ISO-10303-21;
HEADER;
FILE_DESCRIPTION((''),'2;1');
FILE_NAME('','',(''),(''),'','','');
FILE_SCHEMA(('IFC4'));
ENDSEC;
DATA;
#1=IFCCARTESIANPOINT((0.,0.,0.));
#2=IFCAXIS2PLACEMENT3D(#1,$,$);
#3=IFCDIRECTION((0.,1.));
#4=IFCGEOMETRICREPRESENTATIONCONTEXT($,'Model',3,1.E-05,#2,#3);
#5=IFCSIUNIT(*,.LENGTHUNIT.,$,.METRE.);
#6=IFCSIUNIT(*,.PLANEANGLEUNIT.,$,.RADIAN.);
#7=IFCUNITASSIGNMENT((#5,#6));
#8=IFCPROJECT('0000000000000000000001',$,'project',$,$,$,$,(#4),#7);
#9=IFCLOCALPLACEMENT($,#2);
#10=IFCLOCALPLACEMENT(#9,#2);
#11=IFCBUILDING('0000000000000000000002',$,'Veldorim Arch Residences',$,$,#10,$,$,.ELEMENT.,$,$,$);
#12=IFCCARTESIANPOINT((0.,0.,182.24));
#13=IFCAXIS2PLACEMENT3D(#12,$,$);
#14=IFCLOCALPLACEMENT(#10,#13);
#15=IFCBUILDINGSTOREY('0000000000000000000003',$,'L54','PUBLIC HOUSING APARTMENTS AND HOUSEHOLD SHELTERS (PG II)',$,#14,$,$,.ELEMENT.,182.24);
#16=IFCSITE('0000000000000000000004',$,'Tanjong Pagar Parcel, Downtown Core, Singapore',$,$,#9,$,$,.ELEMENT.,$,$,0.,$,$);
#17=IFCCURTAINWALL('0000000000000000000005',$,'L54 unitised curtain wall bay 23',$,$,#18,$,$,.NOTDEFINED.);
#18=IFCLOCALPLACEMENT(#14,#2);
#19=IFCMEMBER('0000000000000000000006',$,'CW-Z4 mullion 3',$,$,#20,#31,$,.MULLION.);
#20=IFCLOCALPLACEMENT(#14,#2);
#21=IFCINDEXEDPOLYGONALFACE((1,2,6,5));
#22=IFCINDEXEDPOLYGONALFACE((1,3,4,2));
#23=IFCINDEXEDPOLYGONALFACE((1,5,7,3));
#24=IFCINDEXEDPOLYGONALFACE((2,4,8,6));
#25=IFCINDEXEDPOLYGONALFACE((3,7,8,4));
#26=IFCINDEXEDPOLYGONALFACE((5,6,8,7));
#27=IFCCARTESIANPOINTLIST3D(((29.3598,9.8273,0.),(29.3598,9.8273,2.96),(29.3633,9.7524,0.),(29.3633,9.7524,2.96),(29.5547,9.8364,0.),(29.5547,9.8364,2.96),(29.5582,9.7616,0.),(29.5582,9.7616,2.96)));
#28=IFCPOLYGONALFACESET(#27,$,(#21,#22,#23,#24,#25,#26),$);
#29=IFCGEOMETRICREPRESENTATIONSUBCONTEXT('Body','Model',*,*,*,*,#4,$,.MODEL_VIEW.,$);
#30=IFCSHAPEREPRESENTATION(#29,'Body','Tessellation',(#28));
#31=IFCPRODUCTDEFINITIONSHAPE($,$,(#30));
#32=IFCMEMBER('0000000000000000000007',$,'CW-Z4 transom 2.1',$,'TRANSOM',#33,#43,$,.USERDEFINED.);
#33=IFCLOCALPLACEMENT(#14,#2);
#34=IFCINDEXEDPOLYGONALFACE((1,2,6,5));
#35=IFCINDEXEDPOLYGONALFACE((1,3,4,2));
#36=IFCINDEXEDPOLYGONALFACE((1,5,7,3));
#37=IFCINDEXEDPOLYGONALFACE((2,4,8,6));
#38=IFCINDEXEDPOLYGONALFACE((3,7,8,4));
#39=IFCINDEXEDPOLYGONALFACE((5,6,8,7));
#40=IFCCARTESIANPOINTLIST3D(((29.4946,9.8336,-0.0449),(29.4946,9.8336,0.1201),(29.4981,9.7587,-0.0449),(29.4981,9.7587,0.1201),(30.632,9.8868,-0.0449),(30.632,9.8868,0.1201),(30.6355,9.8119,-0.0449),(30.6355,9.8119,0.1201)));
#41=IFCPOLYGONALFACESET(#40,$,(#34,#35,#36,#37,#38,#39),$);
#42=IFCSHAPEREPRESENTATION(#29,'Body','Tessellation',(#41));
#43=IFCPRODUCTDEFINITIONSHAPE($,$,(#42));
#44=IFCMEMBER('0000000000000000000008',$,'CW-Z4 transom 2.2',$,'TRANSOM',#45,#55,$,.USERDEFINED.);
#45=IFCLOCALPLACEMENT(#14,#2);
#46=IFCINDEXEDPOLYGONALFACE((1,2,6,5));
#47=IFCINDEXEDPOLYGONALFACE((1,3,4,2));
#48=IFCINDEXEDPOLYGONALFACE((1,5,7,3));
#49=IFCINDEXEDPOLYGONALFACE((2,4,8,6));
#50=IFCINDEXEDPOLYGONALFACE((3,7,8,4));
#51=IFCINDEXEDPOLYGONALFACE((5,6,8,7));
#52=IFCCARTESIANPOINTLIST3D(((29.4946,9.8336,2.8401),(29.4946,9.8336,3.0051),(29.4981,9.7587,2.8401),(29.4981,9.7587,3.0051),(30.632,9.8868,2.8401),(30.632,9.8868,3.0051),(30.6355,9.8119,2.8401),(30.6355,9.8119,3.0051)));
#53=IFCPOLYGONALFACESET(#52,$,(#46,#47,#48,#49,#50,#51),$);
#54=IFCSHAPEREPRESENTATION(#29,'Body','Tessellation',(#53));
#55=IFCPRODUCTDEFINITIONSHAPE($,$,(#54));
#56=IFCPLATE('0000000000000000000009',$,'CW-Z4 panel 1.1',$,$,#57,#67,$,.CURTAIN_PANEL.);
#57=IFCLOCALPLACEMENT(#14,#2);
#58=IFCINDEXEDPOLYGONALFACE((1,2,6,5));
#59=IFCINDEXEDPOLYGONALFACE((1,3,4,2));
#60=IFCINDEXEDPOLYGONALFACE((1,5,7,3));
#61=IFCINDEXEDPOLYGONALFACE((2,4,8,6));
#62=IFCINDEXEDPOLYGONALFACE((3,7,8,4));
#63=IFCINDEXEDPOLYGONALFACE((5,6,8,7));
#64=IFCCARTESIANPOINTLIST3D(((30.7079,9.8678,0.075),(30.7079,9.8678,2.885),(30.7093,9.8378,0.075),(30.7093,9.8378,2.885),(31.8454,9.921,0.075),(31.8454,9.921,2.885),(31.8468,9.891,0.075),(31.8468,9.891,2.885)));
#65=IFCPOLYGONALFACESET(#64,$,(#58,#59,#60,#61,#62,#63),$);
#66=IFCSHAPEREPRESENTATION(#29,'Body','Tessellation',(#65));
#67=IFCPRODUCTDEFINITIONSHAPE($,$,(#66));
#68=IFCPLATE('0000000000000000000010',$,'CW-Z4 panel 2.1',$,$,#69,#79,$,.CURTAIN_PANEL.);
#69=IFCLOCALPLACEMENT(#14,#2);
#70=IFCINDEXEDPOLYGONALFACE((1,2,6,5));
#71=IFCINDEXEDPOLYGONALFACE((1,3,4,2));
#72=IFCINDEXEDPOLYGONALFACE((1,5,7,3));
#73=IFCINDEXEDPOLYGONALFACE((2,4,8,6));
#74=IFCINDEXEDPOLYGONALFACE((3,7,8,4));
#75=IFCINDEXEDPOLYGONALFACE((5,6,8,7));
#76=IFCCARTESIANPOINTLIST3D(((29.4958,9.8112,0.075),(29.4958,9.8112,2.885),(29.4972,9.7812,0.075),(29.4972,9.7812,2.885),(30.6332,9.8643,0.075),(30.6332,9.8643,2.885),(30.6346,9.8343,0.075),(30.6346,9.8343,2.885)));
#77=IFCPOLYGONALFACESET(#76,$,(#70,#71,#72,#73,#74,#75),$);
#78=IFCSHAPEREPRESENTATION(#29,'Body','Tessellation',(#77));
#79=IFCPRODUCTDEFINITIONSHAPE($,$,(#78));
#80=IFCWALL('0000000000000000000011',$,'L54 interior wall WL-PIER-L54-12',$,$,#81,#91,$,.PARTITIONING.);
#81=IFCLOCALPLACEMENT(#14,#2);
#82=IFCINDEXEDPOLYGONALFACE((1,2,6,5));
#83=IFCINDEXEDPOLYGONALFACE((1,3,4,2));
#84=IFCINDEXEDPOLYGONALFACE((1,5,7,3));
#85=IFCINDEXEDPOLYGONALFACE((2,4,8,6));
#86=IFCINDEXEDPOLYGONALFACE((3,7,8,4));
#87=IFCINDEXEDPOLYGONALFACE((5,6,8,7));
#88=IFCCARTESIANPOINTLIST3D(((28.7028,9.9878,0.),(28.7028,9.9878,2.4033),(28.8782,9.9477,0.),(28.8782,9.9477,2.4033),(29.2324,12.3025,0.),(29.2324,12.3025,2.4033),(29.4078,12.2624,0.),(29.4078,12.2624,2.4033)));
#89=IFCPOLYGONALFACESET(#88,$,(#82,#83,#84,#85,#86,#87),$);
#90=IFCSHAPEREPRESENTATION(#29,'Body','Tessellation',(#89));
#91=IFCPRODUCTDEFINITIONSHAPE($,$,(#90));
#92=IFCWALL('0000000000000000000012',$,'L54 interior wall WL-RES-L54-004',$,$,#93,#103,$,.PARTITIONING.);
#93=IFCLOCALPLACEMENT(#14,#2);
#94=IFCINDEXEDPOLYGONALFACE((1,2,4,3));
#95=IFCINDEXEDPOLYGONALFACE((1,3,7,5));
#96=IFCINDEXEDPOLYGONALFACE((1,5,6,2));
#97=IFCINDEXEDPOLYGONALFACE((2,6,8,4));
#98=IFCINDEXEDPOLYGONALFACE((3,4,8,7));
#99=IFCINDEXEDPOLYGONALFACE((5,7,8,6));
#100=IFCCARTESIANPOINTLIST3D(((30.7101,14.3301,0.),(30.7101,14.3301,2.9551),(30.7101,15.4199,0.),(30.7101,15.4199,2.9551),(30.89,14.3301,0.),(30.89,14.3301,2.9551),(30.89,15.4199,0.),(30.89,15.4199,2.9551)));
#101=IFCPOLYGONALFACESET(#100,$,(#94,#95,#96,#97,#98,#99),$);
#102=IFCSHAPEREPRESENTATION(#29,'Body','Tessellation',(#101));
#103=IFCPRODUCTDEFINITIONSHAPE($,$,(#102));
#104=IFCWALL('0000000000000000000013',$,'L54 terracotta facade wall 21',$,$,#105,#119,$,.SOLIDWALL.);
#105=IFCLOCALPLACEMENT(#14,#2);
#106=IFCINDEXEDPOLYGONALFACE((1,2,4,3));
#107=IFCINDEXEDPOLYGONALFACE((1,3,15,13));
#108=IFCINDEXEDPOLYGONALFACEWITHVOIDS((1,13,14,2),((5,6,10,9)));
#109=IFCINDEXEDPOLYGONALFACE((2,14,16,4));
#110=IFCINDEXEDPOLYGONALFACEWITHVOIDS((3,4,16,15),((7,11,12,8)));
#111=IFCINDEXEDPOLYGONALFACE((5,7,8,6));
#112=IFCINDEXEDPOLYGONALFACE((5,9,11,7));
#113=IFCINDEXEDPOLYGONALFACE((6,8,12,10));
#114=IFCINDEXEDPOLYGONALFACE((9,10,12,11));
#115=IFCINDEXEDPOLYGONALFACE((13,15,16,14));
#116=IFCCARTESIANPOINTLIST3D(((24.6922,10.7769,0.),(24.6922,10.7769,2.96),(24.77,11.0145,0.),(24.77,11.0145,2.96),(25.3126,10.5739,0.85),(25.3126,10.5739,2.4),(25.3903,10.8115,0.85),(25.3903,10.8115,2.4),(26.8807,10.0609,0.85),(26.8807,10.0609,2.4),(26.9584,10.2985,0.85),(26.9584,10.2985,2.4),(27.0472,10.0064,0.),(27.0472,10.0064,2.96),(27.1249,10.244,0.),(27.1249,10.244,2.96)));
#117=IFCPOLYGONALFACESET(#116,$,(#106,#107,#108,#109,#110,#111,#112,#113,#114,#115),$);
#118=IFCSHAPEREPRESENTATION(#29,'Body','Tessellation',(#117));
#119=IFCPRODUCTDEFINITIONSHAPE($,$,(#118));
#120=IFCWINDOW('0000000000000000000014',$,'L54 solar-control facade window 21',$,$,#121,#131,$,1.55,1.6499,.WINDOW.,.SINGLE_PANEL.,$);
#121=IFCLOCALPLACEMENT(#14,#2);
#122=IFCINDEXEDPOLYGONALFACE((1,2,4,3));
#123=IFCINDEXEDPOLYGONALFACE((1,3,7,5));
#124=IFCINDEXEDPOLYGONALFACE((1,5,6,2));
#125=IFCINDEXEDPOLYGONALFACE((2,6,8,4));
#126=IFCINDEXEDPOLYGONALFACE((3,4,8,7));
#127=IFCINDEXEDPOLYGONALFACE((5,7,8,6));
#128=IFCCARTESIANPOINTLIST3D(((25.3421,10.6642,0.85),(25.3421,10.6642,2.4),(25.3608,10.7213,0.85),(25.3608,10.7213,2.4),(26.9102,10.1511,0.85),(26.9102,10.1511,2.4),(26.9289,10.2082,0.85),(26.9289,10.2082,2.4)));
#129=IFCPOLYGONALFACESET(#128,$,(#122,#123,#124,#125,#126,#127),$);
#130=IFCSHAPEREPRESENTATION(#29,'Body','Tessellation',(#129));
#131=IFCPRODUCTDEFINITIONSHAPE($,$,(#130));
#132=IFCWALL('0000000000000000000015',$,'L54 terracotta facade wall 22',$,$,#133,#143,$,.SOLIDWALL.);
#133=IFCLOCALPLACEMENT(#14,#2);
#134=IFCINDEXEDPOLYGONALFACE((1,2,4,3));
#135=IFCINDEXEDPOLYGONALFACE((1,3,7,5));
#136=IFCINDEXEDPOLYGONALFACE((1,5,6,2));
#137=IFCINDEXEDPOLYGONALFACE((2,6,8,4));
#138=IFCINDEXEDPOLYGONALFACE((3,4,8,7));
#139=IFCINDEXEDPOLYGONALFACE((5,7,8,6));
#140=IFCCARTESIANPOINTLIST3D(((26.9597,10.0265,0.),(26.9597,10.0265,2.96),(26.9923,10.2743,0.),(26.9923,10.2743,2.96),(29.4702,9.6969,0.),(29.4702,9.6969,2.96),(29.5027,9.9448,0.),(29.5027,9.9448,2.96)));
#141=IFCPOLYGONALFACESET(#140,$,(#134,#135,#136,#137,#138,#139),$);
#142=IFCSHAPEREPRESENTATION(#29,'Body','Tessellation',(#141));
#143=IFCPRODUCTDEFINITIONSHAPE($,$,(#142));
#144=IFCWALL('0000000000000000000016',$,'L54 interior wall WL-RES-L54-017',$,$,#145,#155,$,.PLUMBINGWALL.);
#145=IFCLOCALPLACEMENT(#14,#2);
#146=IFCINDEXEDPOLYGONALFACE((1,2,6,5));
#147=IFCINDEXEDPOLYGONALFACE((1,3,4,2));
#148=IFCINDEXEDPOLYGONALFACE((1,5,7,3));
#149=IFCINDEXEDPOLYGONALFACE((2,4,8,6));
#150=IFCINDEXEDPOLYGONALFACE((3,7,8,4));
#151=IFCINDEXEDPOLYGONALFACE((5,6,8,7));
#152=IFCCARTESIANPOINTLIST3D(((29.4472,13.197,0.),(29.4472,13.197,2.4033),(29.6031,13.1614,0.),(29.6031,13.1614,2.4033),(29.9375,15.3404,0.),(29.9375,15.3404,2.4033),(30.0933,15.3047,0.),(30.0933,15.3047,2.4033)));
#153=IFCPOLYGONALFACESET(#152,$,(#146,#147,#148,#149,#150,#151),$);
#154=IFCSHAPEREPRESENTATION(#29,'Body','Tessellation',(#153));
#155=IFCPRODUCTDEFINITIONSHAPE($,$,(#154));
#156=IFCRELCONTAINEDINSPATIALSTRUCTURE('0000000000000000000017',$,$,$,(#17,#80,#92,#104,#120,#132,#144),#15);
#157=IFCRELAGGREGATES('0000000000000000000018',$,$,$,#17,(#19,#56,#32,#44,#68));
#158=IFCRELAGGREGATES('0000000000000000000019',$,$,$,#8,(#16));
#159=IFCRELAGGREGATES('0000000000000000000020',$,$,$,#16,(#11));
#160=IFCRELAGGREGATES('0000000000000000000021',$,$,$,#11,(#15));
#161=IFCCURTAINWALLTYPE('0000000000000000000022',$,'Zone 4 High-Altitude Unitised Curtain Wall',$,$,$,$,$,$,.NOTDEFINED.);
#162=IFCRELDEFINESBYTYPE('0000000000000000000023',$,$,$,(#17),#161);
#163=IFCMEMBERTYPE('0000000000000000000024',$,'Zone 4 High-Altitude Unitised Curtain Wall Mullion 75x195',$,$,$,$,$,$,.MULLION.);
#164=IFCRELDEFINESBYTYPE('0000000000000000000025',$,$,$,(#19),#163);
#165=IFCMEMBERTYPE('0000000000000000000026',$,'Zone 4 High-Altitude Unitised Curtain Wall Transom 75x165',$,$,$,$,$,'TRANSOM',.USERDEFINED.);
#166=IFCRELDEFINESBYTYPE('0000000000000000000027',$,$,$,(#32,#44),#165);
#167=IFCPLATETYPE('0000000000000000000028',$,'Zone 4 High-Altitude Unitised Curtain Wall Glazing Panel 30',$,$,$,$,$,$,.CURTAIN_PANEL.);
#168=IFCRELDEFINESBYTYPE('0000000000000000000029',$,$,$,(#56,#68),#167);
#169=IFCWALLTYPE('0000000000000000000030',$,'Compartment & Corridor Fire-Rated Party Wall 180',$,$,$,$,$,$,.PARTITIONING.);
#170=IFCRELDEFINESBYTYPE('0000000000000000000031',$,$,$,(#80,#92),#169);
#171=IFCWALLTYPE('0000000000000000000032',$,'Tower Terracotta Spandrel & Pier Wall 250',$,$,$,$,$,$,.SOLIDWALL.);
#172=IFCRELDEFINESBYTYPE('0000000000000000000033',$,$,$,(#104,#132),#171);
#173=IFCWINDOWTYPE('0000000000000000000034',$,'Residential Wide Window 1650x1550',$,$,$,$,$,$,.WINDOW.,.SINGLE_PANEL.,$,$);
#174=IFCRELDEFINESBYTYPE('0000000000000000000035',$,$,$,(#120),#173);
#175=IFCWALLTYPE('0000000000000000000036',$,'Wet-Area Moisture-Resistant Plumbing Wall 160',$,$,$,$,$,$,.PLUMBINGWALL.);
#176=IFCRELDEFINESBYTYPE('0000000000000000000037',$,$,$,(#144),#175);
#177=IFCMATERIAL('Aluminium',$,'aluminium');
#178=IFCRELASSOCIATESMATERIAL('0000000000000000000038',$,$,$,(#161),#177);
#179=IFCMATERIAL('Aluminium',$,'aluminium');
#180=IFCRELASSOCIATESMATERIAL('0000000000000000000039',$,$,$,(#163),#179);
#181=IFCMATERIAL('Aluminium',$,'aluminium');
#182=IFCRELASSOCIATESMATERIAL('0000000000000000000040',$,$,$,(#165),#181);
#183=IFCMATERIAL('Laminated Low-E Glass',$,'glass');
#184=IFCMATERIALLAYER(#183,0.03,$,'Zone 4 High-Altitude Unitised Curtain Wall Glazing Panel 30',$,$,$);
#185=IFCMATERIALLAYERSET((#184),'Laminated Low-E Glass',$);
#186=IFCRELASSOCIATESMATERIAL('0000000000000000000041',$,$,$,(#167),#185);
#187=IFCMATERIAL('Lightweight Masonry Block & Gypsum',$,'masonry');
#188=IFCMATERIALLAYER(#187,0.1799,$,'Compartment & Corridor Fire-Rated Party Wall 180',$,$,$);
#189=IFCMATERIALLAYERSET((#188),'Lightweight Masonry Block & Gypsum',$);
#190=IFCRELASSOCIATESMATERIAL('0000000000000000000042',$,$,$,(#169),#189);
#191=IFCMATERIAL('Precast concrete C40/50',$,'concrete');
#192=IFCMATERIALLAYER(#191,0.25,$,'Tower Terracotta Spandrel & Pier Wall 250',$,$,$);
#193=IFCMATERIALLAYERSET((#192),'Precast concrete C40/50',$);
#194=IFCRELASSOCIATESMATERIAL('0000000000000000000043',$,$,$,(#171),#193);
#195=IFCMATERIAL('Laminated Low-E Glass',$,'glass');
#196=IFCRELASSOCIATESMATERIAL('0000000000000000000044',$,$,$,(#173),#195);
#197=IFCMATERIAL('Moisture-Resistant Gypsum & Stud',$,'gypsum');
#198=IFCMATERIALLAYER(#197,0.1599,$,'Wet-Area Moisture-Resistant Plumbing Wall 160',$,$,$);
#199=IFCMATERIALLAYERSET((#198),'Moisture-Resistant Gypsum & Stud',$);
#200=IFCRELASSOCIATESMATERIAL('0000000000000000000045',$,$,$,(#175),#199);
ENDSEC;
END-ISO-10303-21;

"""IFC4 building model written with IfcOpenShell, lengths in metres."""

from ifc_helpers import new_model, si_unit, direction, frame, frame_2d, origin, origin_2d, place, context, subcontext, project, spatial, rectangle, extrude, material, layer, layer_set, material_profile, profile_set, type_object, element, fill, aggregate, save


model = new_model("IFC4")

# Units and contexts
model_context = context("Model", 3, precision=1e-05, world=origin(), true_north=direction((0.0, 1.0)))
body_context = subcontext(model_context, "Body", "Model", "MODEL_VIEW")
ifc_project = project(units=[si_unit("LENGTHUNIT", "METRE"), si_unit("PLANEANGLEUNIT", "RADIAN")], contexts=[model_context])

# Site, building, storey
site_placement = place(None, origin())
site = spatial("IfcSite", under=ifc_project, at=site_placement, Name="Tanjong Pagar Parcel, Downtown Core, Singapore", CompositionType="ELEMENT", RefElevation=0.0)
building_placement = place(site_placement, origin())
building = spatial("IfcBuilding", under=site, at=building_placement, Name="Veldorim Arch Residences", CompositionType="ELEMENT")
storey_placement = place(building_placement, frame((0.0, 0.0, 182.24)))
storey = spatial("IfcBuildingStorey", under=building, at=storey_placement, Name="L54", Description="PUBLIC HOUSING APARTMENTS AND HOUSEHOLD SHELTERS (PG II)", CompositionType="ELEMENT", Elevation=182.24)

# Shared definitions
ifc_material_1 = material(Name="Aluminium", Category="aluminium")
curtain_wall_type = type_object("IfcCurtainWallType", Name="Zone 4 High-Altitude Unitised Curtain Wall", PredefinedType="NOTDEFINED", material=ifc_material_1)
ifc_material_2 = material(Name="Aluminium", Category="aluminium")
ifc_material_profile_1 = material_profile(ifc_material_2, rectangle(XDim=0.075, YDim=0.1951, at=origin_2d()), Name="ALU_MUL_75x195")
ifc_profile_set_1 = profile_set([ifc_material_profile_1], Name="Aluminium")
member_type_1 = type_object("IfcMemberType", Name="Zone 4 High-Altitude Unitised Curtain Wall Mullion 75x195", PredefinedType="MULLION", material=ifc_profile_set_1)

# Curtain wall, members, plates
curtain_wall_1_placement = place(storey_placement, origin())
curtain_wall_1 = element("IfcCurtainWall", 1, at=curtain_wall_1_placement, inside=storey, type_object=curtain_wall_type, Name="L54 unitised curtain wall bay 23", PredefinedType="NOTDEFINED")
member_1_placement = place(storey_placement, frame((29.459, 9.7944, 0.0), z_axis=(0.0, 0.0, 1.0), x_axis=(0.046678, -0.99891, 0.0)))
member_1 = element("IfcMember", 2, at=member_1_placement, type_object=member_type_1, Name="CW-Z4 mullion 3", PredefinedType="MULLION", context=body_context, shape_type="SweptSolid", body=[
    extrude(rectangle(XDim=0.075, YDim=0.1951, at=origin_2d()), origin(), (0.0, 0.0, 1.0), 2.96),
])
ifc_material_3 = material(Name="Aluminium", Category="aluminium")
ifc_material_profile_2 = material_profile(ifc_material_3, rectangle(XDim=0.075, YDim=0.165, at=origin_2d()), Name="ALU_TRN_75x165")
ifc_profile_set_2 = profile_set([ifc_material_profile_2], Name="Aluminium")
member_type_2 = type_object("IfcMemberType", Name="Zone 4 High-Altitude Unitised Curtain Wall Transom 75x165", ElementType="TRANSOM", PredefinedType="USERDEFINED", material=ifc_profile_set_2)
member_2_placement = place(storey_placement, frame((30.6338, 9.8494, 0.0376), z_axis=(-0.998907, -0.04674, 0.0), x_axis=(0.04674, -0.998907, 0.0)))
member_2 = element("IfcMember", 3, at=member_2_placement, type_object=member_type_2, Name="CW-Z4 transom 2.1", ObjectType="TRANSOM", PredefinedType="USERDEFINED", context=body_context, shape_type="SweptSolid", body=[
    extrude(rectangle(XDim=0.075, YDim=0.165, at=origin_2d()), origin(), (0.0, 0.0, 1.0), 1.1387),
])
member_3_placement = place(storey_placement, frame((30.6338, 9.8494, 2.9226), z_axis=(-0.998907, -0.04674, 0.0), x_axis=(0.04674, -0.998907, 0.0)))
member_3 = element("IfcMember", 4, at=member_3_placement, type_object=member_type_2, Name="CW-Z4 transom 2.2", ObjectType="TRANSOM", PredefinedType="USERDEFINED", context=body_context, shape_type="SweptSolid", body=[
    extrude(rectangle(XDim=0.075, YDim=0.165, at=origin_2d()), origin(), (0.0, 0.0, 1.0), 1.1387),
])
ifc_material_4 = material(Name="Laminated Low-E Glass", Category="glass")
ifc_layer_1 = layer(ifc_material_4, 0.03, Name="Zone 4 High-Altitude Unitised Curtain Wall Glazing Panel 30")
ifc_layer_set_1 = layer_set([ifc_layer_1], Name="Laminated Low-E Glass")
plate_type = type_object("IfcPlateType", Name="Zone 4 High-Altitude Unitised Curtain Wall Glazing Panel 30", PredefinedType="CURTAIN_PANEL", material=ifc_layer_set_1)
plate_1_placement = place(storey_placement, frame((31.2773, 9.8794, 0.075), z_axis=(0.0, 0.0, 1.0), x_axis=(-0.99891, -0.046678, 0.0)))
plate_1 = element("IfcPlate", 5, at=plate_1_placement, type_object=plate_type, Name="CW-Z4 panel 1.1", PredefinedType="CURTAIN_PANEL", context=body_context, shape_type="SweptSolid", body=[
    extrude(rectangle(XDim=1.1387, YDim=0.03, at=origin_2d()), origin(), (0.0, 0.0, 1.0), 2.8101),
])
plate_2_placement = place(storey_placement, frame((30.0652, 9.8228, 0.075), z_axis=(0.0, 0.0, 1.0), x_axis=(-0.99891, -0.046678, 0.0)))
plate_2 = element("IfcPlate", 6, at=plate_2_placement, type_object=plate_type, Name="CW-Z4 panel 2.1", PredefinedType="CURTAIN_PANEL", context=body_context, shape_type="SweptSolid", body=[
    extrude(rectangle(XDim=1.1387, YDim=0.03, at=origin_2d()), origin(), (0.0, 0.0, 1.0), 2.8101),
])
aggregate(curtain_wall_1, [member_1, plate_1, member_2, member_3, plate_2])

# Walls
ifc_material_5 = material(Name="Lightweight Masonry Block & Gypsum", Category="masonry")
ifc_layer_2 = layer(ifc_material_5, 0.1799, Name="Compartment & Corridor Fire-Rated Party Wall 180")
ifc_layer_set_2 = layer_set([ifc_layer_2], Name="Lightweight Masonry Block & Gypsum")
wall_type_1 = type_object("IfcWallType", Name="Compartment & Corridor Fire-Rated Party Wall 180", PredefinedType="PARTITIONING", material=ifc_layer_set_2)
wall_1_placement = place(storey_placement, frame((29.3201, 12.2825, 0.0), z_axis=(0.0, 0.0, 1.0), x_axis=(-0.223012, -0.974816, 0.0)))
element("IfcWall", 7, at=wall_1_placement, inside=storey, type_object=wall_type_1, Name="L54 interior wall WL-PIER-L54-12", PredefinedType="PARTITIONING", context=body_context, shape_type="SweptSolid", body=[
    extrude(rectangle(XDim=2.3745, YDim=0.1799, at=frame_2d((1.1873, 0.0))), origin(), (0.0, 0.0, 1.0), 2.4033),
])
wall_2_placement = place(storey_placement, frame((30.8, 14.3301, 0.0), z_axis=(0.0, 0.0, 1.0), x_axis=(0.0, 1.0, 0.0)))
element("IfcWall", 8, at=wall_2_placement, inside=storey, type_object=wall_type_1, Name="L54 interior wall WL-RES-L54-004", PredefinedType="PARTITIONING", context=body_context, shape_type="SweptSolid", body=[
    extrude(rectangle(XDim=1.0898, YDim=0.1799, at=frame_2d((0.5449, 0.0))), origin(), (0.0, 0.0, 1.0), 2.9551),
])

# Wall, opening, window
ifc_material_6 = material(Name="Precast concrete C40/50", Category="concrete")
ifc_layer_3 = layer(ifc_material_6, 0.25, Name="Tower Terracotta Spandrel & Pier Wall 250")
ifc_layer_set_3 = layer_set([ifc_layer_3], Name="Precast concrete C40/50")
wall_type_2 = type_object("IfcWallType", Name="Tower Terracotta Spandrel & Pier Wall 250", PredefinedType="SOLIDWALL", material=ifc_layer_set_3)
wall_3_placement = place(storey_placement, frame((27.0859, 10.1252, 0.0), z_axis=(0.0, 0.0, 1.0), x_axis=(-0.950423, 0.310961, 0.0)))
wall_3 = element("IfcWall", 9, at=wall_3_placement, inside=storey, type_object=wall_type_2, Name="L54 terracotta facade wall 21", PredefinedType="SOLIDWALL", context=body_context, shape_type="SweptSolid", body=[
    extrude(rectangle(XDim=2.4778, YDim=0.25, at=frame_2d((1.2388, 0.0))), origin(), (0.0, 0.0, 1.0), 2.96),
])
opening_1_placement = place(wall_3_placement, frame((0.175, 0.0, 0.8501)))
opening_1 = element("IfcOpeningElement", 10, at=opening_1_placement, cuts=wall_3, PredefinedType="OPENING", context=body_context, shape_type="SweptSolid", body=[
    extrude(rectangle(XDim=1.6499, YDim=1.55, at=frame_2d((0.825, 0.7749))), frame((0.0, 0.135, 0.0), z_axis=(0.0, -1.0, 0.0), x_axis=(1.0, 0.0, 0.0)), (0.0, 0.0, 1.0), 0.27),
])
ifc_material_7 = material(Name="Laminated Low-E Glass", Category="glass")
window_type = type_object("IfcWindowType", Name="Residential Wide Window 1650x1550", PartitioningType="SINGLE_PANEL", PredefinedType="WINDOW", material=ifc_material_7)
window_placement = place(opening_1_placement, origin())
window = element("IfcWindow", 11, at=window_placement, inside=storey, type_object=window_type, Name="L54 solar-control facade window 21", OverallHeight=1.55, OverallWidth=1.6499, PartitioningType="SINGLE_PANEL", PredefinedType="WINDOW", context=body_context, shape_type="SweptSolid", body=[
    extrude(rectangle(XDim=1.6499, YDim=1.55, at=frame_2d((0.825, 0.7749))), frame((0.0, 0.03, 0.0), z_axis=(0.0, -1.0, 0.0), x_axis=(1.0, 0.0, 0.0)), (0.0, 0.0, 1.0), 0.0601),
])
fill(opening_1, window)

# Walls
wall_4_placement = place(storey_placement, frame((29.4866, 9.8208, 0.0), z_axis=(0.0, 0.0, 1.0), x_axis=(-0.991492, 0.130168, 0.0)))
element("IfcWall", 12, at=wall_4_placement, inside=storey, type_object=wall_type_2, Name="L54 terracotta facade wall 22", PredefinedType="SOLIDWALL", context=body_context, shape_type="SweptSolid", body=[
    extrude(rectangle(XDim=2.532, YDim=0.25, at=frame_2d((1.2661, 0.0))), origin(), (0.0, 0.0, 1.0), 2.96),
])
ifc_material_8 = material(Name="Moisture-Resistant Gypsum & Stud", Category="gypsum")
ifc_layer_4 = layer(ifc_material_8, 0.1599, Name="Wet-Area Moisture-Resistant Plumbing Wall 160")
ifc_layer_set_4 = layer_set([ifc_layer_4], Name="Moisture-Resistant Gypsum & Stud")
wall_type_3 = type_object("IfcWallType", Name="Wet-Area Moisture-Resistant Plumbing Wall 160", PredefinedType="PLUMBINGWALL", material=ifc_layer_set_4)
wall_5_placement = place(storey_placement, frame((29.5251, 13.1792, 0.0), z_axis=(0.0, 0.0, 1.0), x_axis=(0.22297, 0.974825, 0.0)))
element("IfcWall", 13, at=wall_5_placement, inside=storey, type_object=wall_type_3, Name="L54 interior wall WL-RES-L54-017", PredefinedType="PLUMBINGWALL", context=body_context, shape_type="SweptSolid", body=[
    extrude(rectangle(XDim=2.1987, YDim=0.1599, at=frame_2d((1.0994, 0.0))), origin(), (0.0, 0.0, 1.0), 2.4033),
])

save(model, "model.ifc")
